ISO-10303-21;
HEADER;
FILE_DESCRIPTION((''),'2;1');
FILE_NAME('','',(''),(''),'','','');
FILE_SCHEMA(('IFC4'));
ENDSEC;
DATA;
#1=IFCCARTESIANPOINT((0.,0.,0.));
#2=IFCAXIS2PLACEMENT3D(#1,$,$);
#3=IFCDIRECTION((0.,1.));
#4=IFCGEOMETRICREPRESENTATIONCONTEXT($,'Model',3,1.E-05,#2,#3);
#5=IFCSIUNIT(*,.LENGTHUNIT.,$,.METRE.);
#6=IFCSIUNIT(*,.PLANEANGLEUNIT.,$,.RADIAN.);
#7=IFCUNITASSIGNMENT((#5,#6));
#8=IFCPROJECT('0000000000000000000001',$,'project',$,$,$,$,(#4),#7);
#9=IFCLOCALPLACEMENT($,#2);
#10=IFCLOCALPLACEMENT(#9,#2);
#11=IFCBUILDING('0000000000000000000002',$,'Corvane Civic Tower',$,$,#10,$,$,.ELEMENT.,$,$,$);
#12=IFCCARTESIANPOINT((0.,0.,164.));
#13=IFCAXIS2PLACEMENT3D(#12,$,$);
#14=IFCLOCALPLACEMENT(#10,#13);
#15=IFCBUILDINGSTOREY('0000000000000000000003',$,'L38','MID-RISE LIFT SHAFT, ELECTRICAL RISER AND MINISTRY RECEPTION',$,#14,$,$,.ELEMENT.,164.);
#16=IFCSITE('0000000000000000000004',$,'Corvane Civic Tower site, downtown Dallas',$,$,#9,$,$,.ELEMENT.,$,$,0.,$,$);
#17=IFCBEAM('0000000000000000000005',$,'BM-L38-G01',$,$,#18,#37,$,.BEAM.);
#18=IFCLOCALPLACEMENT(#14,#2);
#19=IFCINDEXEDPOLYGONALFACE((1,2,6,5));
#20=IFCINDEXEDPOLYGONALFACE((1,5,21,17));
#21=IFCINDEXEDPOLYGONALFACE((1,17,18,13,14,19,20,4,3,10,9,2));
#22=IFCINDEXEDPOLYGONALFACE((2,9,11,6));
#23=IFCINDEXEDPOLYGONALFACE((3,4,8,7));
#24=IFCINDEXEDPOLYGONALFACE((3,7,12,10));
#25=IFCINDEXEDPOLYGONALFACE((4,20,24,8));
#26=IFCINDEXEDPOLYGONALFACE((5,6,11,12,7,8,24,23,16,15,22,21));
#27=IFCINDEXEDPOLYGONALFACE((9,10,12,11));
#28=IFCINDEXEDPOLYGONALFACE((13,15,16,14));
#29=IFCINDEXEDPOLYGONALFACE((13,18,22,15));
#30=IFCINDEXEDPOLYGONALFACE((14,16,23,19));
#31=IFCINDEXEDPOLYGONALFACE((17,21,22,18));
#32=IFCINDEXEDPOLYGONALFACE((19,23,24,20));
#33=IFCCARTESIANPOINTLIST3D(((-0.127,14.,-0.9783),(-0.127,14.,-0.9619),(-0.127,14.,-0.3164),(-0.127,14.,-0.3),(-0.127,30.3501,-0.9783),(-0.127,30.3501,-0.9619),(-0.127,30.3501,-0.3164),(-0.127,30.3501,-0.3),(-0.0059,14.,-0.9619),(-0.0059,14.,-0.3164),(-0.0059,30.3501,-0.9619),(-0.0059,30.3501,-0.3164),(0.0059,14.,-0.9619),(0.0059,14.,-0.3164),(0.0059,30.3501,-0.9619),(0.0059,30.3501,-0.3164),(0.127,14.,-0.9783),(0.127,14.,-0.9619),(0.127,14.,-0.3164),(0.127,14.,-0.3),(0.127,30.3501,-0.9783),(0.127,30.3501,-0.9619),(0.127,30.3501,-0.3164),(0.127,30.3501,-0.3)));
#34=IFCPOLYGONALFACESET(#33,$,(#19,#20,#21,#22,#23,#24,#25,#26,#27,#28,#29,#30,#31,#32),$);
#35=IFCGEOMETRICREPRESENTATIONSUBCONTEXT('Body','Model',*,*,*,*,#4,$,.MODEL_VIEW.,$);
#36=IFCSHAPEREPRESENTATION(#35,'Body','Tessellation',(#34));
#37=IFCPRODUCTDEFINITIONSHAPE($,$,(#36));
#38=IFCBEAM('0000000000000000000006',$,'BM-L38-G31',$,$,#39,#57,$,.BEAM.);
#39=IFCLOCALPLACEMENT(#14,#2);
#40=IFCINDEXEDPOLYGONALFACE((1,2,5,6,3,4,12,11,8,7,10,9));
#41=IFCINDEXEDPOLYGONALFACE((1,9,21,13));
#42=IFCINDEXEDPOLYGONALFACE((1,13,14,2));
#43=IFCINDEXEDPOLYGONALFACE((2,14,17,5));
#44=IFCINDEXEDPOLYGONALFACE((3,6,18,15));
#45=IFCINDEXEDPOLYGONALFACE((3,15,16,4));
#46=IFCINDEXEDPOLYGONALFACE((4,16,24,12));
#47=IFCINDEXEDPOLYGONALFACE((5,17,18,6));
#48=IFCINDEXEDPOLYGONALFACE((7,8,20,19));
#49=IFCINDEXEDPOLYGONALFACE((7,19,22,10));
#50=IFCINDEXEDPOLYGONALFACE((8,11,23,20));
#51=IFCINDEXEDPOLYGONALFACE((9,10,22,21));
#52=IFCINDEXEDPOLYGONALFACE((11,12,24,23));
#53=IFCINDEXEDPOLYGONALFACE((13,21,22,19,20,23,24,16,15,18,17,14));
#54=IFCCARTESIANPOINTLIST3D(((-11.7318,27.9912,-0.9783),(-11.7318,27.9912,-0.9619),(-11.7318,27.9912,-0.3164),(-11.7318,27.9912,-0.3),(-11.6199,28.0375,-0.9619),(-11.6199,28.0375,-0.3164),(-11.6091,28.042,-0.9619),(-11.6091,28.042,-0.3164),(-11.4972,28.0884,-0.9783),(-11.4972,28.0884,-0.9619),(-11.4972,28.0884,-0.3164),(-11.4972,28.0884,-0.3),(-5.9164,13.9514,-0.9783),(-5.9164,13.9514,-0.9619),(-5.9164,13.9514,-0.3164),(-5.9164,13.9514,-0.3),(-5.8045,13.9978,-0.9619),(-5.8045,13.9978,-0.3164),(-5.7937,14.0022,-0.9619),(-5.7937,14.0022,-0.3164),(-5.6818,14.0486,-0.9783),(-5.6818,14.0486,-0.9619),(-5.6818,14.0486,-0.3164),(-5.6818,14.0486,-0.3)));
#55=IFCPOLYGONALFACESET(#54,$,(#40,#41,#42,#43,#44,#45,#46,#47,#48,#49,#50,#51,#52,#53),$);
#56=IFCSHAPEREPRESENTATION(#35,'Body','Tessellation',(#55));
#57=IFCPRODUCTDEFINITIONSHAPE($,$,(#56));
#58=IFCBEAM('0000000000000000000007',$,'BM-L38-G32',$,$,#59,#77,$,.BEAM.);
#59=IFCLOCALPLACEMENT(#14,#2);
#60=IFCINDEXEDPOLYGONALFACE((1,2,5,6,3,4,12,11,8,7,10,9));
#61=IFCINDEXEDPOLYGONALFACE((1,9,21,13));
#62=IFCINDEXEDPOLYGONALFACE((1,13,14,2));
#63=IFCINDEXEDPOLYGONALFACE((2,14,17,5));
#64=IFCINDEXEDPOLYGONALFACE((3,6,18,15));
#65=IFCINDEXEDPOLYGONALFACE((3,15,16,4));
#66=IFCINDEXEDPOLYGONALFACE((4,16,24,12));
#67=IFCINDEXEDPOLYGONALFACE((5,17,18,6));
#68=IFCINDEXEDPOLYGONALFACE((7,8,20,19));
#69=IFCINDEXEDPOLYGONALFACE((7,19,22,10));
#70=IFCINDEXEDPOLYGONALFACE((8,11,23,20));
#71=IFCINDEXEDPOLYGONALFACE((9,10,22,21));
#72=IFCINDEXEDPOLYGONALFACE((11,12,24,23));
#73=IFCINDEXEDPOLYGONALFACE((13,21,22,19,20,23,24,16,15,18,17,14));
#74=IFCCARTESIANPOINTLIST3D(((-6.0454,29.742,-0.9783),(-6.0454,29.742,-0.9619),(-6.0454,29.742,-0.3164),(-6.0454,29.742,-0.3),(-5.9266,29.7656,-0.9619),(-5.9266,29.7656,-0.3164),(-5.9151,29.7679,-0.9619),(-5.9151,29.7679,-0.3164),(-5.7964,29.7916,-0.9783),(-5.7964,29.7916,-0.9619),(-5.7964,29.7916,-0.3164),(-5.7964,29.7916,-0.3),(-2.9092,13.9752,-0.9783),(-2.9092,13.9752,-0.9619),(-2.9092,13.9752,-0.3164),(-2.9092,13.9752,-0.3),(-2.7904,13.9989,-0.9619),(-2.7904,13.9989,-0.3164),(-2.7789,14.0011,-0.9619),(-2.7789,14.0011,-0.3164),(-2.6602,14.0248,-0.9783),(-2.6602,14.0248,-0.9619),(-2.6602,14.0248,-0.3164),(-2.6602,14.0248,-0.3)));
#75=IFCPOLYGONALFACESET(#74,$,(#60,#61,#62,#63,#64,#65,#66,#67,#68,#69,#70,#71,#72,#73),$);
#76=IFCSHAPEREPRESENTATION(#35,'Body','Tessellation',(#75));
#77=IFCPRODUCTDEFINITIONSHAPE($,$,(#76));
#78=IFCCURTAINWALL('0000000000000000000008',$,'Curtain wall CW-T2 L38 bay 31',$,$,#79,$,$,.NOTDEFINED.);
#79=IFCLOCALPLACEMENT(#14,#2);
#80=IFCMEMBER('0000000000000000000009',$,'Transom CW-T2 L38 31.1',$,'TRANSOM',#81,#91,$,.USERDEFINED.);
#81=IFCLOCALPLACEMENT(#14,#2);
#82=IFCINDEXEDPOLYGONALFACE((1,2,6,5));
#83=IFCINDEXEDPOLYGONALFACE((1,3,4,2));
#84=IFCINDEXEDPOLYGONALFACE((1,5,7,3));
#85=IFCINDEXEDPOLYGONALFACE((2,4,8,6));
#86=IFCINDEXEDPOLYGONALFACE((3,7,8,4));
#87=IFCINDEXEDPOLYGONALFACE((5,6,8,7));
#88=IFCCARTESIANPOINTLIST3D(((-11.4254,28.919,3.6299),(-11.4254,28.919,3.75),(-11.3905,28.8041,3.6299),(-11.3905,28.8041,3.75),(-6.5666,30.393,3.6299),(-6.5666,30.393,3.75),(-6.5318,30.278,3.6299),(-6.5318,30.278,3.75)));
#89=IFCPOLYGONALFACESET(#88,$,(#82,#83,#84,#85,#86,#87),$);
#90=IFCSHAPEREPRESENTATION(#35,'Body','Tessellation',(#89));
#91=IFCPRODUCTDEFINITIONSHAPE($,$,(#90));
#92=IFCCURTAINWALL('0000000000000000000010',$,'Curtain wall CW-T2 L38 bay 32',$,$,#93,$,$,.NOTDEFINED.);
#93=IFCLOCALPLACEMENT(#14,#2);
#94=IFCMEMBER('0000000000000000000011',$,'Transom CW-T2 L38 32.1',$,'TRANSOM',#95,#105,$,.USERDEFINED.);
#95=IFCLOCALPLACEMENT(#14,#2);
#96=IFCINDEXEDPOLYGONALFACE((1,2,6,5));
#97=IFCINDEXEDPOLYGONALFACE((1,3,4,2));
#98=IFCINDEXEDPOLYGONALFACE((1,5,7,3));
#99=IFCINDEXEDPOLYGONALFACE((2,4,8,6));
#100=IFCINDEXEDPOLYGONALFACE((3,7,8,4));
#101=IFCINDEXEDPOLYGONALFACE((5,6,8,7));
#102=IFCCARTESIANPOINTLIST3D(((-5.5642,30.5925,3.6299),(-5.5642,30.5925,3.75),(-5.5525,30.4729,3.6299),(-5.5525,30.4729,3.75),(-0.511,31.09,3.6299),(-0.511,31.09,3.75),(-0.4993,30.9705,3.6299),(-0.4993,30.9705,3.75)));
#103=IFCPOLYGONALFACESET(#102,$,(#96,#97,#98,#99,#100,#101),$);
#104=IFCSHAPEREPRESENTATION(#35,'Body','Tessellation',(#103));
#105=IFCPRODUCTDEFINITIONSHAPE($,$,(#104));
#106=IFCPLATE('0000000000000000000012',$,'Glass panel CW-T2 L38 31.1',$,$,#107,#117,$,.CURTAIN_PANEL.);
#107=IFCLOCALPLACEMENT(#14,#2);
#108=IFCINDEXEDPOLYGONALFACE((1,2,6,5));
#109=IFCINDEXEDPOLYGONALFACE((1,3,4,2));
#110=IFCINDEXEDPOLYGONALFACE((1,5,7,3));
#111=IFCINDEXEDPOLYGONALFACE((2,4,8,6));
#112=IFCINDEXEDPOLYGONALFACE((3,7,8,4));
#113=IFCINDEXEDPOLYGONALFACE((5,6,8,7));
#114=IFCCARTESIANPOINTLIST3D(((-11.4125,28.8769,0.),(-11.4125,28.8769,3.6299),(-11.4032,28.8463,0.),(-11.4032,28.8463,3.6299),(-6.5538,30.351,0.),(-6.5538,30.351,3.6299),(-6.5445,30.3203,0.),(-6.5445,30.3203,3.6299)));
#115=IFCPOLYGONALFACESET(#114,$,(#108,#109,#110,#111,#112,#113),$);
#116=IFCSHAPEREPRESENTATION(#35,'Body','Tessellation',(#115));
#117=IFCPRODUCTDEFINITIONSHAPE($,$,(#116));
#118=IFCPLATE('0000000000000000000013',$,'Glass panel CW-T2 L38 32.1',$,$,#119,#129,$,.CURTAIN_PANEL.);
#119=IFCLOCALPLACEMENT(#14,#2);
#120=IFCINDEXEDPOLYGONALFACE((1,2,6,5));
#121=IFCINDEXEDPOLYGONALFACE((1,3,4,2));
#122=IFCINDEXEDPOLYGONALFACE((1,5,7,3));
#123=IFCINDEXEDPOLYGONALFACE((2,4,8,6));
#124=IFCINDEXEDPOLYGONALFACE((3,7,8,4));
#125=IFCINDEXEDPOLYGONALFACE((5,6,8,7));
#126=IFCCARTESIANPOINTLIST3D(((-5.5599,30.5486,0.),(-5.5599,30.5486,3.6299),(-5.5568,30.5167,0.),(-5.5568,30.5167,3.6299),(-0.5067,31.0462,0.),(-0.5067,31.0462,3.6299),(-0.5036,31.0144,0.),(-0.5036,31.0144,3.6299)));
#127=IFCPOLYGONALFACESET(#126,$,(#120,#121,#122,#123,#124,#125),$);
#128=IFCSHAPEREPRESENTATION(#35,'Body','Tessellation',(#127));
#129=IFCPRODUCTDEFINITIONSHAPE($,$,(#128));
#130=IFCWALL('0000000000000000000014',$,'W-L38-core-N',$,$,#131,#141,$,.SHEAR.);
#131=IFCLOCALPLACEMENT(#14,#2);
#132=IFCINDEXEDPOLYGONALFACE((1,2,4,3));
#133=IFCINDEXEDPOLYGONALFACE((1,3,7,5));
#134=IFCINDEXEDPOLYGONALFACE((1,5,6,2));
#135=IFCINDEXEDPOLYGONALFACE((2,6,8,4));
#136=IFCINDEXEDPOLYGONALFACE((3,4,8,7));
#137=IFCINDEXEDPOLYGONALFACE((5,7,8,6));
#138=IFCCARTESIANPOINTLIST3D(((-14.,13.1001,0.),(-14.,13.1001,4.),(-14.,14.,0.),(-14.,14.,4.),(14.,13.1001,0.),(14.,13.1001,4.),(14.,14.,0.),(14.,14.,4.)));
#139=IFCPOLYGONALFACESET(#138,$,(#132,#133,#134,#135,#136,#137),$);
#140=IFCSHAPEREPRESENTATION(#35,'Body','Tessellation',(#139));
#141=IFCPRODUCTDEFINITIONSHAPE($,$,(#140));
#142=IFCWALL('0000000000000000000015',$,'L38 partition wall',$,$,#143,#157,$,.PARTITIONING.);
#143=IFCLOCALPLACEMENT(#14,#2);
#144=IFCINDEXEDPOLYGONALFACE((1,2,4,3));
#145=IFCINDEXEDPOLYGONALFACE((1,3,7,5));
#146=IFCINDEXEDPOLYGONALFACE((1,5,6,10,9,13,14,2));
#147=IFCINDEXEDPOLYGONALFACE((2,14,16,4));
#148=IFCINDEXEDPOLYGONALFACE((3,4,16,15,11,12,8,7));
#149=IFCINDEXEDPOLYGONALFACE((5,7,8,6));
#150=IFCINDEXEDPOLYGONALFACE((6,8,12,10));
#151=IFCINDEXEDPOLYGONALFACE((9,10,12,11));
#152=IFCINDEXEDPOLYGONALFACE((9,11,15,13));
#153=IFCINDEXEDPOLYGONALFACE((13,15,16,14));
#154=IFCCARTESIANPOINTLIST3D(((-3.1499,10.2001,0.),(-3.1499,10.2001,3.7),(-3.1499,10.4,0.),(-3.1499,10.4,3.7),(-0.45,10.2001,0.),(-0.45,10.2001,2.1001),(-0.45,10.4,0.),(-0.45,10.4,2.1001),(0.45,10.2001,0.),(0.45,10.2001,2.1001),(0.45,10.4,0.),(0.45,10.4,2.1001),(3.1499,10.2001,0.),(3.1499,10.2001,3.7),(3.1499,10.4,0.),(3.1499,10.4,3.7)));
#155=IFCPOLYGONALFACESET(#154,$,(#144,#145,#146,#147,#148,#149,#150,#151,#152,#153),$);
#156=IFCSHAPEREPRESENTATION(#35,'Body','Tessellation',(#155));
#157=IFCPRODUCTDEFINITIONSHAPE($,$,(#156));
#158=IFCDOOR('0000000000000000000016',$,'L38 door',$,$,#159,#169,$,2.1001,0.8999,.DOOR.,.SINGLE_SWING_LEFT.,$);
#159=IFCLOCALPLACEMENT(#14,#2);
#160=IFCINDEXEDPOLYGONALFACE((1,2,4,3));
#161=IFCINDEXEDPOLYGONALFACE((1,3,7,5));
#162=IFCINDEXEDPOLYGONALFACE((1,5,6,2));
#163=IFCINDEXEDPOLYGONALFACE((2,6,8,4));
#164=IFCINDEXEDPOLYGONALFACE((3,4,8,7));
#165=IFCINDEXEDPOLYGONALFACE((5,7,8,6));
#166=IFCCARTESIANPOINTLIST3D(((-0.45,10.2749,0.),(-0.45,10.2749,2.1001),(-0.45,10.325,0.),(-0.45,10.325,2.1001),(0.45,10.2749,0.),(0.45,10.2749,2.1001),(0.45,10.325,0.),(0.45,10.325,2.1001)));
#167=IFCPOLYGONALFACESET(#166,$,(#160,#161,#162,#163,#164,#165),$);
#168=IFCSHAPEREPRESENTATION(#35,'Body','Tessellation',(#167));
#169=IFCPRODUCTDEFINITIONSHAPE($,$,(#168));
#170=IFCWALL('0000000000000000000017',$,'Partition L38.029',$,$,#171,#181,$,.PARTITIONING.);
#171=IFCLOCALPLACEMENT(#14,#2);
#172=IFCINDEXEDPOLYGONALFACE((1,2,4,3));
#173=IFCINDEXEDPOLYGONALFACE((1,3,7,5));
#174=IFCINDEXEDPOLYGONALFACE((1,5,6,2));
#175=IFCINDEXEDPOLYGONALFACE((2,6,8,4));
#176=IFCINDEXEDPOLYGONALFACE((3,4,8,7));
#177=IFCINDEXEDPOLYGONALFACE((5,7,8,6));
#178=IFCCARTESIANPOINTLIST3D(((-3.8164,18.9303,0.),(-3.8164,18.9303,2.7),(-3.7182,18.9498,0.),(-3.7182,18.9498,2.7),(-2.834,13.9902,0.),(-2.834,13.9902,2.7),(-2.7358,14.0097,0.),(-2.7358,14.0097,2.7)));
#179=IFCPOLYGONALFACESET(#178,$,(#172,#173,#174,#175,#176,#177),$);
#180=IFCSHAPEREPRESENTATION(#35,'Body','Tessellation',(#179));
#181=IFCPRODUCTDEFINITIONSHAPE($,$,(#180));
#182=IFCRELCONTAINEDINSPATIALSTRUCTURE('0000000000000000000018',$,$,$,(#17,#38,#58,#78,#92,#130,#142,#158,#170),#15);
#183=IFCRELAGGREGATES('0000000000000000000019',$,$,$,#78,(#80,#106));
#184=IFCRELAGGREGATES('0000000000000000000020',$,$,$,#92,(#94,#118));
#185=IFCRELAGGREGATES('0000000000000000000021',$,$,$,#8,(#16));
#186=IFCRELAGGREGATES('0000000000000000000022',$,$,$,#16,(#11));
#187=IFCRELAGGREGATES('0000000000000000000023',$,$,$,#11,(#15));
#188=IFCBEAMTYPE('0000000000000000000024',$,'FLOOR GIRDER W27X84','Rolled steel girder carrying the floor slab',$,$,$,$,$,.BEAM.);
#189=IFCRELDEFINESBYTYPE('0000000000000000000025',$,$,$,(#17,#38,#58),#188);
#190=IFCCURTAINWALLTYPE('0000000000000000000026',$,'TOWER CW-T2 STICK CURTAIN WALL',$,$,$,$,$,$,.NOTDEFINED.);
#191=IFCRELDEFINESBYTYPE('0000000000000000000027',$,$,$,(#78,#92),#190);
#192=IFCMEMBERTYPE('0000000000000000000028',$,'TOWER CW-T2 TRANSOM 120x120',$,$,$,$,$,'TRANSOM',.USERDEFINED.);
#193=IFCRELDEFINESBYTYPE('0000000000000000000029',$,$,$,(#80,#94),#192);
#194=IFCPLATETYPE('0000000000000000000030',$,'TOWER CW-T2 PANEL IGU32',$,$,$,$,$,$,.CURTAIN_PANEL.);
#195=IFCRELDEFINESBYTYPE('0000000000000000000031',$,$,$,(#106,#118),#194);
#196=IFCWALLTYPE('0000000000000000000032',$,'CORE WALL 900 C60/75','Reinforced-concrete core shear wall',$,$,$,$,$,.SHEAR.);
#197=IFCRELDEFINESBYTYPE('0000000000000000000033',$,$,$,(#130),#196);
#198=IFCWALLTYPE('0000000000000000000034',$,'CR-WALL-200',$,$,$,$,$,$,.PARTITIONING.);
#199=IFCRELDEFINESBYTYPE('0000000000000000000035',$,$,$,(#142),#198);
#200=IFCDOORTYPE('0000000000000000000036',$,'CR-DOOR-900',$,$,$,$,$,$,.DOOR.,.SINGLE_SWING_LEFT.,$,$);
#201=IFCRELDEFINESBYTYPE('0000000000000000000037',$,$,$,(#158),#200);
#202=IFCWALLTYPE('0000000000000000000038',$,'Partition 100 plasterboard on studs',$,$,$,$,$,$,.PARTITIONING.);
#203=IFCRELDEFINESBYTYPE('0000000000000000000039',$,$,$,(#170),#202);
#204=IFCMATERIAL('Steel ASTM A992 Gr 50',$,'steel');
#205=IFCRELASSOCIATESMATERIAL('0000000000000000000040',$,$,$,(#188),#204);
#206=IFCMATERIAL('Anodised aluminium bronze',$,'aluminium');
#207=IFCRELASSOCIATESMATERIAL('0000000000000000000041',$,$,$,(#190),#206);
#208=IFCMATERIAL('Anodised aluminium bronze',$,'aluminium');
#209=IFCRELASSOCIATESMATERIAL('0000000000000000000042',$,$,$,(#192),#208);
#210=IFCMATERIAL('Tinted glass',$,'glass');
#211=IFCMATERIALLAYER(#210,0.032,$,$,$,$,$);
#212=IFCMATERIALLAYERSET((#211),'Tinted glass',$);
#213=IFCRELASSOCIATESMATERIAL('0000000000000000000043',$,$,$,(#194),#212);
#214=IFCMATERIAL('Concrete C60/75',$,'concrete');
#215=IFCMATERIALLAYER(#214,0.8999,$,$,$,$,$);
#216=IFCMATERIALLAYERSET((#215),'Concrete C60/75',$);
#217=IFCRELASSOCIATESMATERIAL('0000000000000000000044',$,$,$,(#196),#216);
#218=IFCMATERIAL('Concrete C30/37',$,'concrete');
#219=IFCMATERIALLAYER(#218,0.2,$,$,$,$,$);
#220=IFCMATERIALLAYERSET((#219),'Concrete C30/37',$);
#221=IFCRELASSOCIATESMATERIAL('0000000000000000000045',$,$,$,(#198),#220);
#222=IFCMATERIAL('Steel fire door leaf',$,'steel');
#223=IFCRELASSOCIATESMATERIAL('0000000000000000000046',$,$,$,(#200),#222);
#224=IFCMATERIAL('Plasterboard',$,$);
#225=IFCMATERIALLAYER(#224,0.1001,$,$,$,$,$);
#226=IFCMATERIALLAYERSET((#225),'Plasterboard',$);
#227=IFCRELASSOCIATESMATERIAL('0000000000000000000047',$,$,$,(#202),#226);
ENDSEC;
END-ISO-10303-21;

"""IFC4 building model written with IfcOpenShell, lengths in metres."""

from ifc_helpers import new_model, si_unit, direction, frame, frame_2d, origin, origin_2d, place, context, subcontext, project, spatial, rectangle, i_section, extrude, material, layer, layer_set, material_profile, profile_set, type_object, element, fill, aggregate, save


model = new_model("IFC4")

# Units and contexts
model_context = context("Model", 3, precision=1e-05, world=origin(), true_north=direction((0.0, 1.0)))
body_context = subcontext(model_context, "Body", "Model", "MODEL_VIEW")
ifc_project = project(units=[si_unit("LENGTHUNIT", "METRE"), si_unit("PLANEANGLEUNIT", "RADIAN")], contexts=[model_context])

# Site, building, storey
site_placement = place(None, origin())
site = spatial("IfcSite", under=ifc_project, at=site_placement, Name="Corvane Civic Tower site, downtown Dallas", CompositionType="ELEMENT", RefElevation=0.0)
building_placement = place(site_placement, origin())
building = spatial("IfcBuilding", under=site, at=building_placement, Name="Corvane Civic Tower", CompositionType="ELEMENT")
storey_placement = place(building_placement, frame((0.0, 0.0, 164.0)))
storey = spatial("IfcBuildingStorey", under=building, at=storey_placement, Name="L38", Description="MID-RISE LIFT SHAFT, ELECTRICAL RISER AND MINISTRY RECEPTION", CompositionType="ELEMENT", Elevation=164.0)

# Beams
ifc_material_1 = material(Name="Steel ASTM A992 Gr 50", Category="steel")
ifc_material_profile_1 = material_profile(ifc_material_1, i_section(OverallWidth=0.2539, OverallDepth=0.6782, WebThickness=0.0117, FlangeThickness=0.0164, at=origin_2d()), Name="W27X84")
ifc_profile_set_1 = profile_set([ifc_material_profile_1], Name="Steel ASTM A992 Gr 50")
beam_type_1 = type_object("IfcBeamType", Name="FLOOR GIRDER W27X84", Description="Rolled steel girder carrying the floor slab", PredefinedType="BEAM", material=ifc_profile_set_1)
beam_1_placement = place(storey_placement, frame((0.0, 14.0, -0.6392), z_axis=(0.0, 1.0, 0.0), x_axis=(-1.0, 0.0, 0.0)))
element("IfcBeam", 1, at=beam_1_placement, inside=storey, type_object=beam_type_1, Name="BM-L38-G01", PredefinedType="BEAM", context=body_context, shape_type="SweptSolid", body=[
    extrude(i_section(OverallWidth=0.2539, OverallDepth=0.6782, WebThickness=0.0117, FlangeThickness=0.0164, at=origin_2d()), origin(), (0.0, 0.0, 1.0), 16.3501),
])
beam_2_placement = place(storey_placement, frame((-5.7991, 14.0, -0.6392), z_axis=(-0.382681, 0.923881, 0.0), x_axis=(-0.923881, -0.382681, 0.0)))
element("IfcBeam", 2, at=beam_2_placement, inside=storey, type_object=beam_type_1, Name="BM-L38-G31", PredefinedType="BEAM", context=body_context, shape_type="SweptSolid", body=[
    extrude(i_section(OverallWidth=0.2539, OverallDepth=0.6782, WebThickness=0.0117, FlangeThickness=0.0164, at=origin_2d()), origin(), (0.0, 0.0, 1.0), 15.1965),
])
beam_3_placement = place(storey_placement, frame((-2.7847, 14.0, -0.6392), z_axis=(-0.195091, 0.980785, 0.0), x_axis=(-0.980785, -0.195091, 0.0)))
element("IfcBeam", 3, at=beam_3_placement, inside=storey, type_object=beam_type_1, Name="BM-L38-G32", PredefinedType="BEAM", context=body_context, shape_type="SweptSolid", body=[
    extrude(i_section(OverallWidth=0.2539, OverallDepth=0.6782, WebThickness=0.0117, FlangeThickness=0.0164, at=origin_2d()), origin(), (0.0, 0.0, 1.0), 16.0757),
])

# Curtain walls, members
ifc_material_2 = material(Name="Anodised aluminium bronze", Category="aluminium")
curtain_wall_type = type_object("IfcCurtainWallType", Name="TOWER CW-T2 STICK CURTAIN WALL", PredefinedType="NOTDEFINED", material=ifc_material_2)
curtain_wall_1_placement = place(storey_placement, origin())
curtain_wall_1 = element("IfcCurtainWall", 4, at=curtain_wall_1_placement, inside=storey, type_object=curtain_wall_type, Name="Curtain wall CW-T2 L38 bay 31", PredefinedType="NOTDEFINED")
ifc_material_3 = material(Name="Anodised aluminium bronze", Category="aluminium")
ifc_material_profile_2 = material_profile(ifc_material_3, rectangle(XDim=0.1201, YDim=0.1201, at=origin_2d()), Name="TOWER CW-T2 TRANSOM 120x120")
ifc_profile_set_2 = profile_set([ifc_material_profile_2], Name="Anodised aluminium bronze")
member_type = type_object("IfcMemberType", Name="TOWER CW-T2 TRANSOM 120x120", ElementType="TRANSOM", PredefinedType="USERDEFINED", material=ifc_profile_set_2)
member_1_placement = place(storey_placement, frame((-11.408, 28.8616, 3.6899), z_axis=(0.956939, 0.290289, 0.0), x_axis=(-0.290289, 0.956939, 0.0)))
member_1 = element("IfcMember", 5, at=member_1_placement, type_object=member_type, Name="Transom CW-T2 L38 31.1", ObjectType="TRANSOM", PredefinedType="USERDEFINED", context=body_context, shape_type="SweptSolid", body=[
    extrude(rectangle(XDim=0.1201, YDim=0.1201, at=origin_2d()), origin(), (0.0, 0.0, 1.0), 5.0774),
])
curtain_wall_2_placement = place(storey_placement, origin())
curtain_wall_2 = element("IfcCurtainWall", 6, at=curtain_wall_2_placement, inside=storey, type_object=curtain_wall_type, Name="Curtain wall CW-T2 L38 bay 32", PredefinedType="NOTDEFINED")
member_2_placement = place(storey_placement, frame((-5.5583, 30.5327, 3.6899), z_axis=(0.995187, 0.09799, 0.0), x_axis=(-0.09799, 0.995187, 0.0)))
member_2 = element("IfcMember", 7, at=member_2_placement, type_object=member_type, Name="Transom CW-T2 L38 32.1", ObjectType="TRANSOM", PredefinedType="USERDEFINED", context=body_context, shape_type="SweptSolid", body=[
    extrude(rectangle(XDim=0.1201, YDim=0.1201, at=origin_2d()), origin(), (0.0, 0.0, 1.0), 5.0776),
])

# Plates
ifc_material_4 = material(Name="Tinted glass", Category="glass")
ifc_layer_1 = layer(ifc_material_4, 0.032)
ifc_layer_set_1 = layer_set([ifc_layer_1], Name="Tinted glass")
plate_type = type_object("IfcPlateType", Name="TOWER CW-T2 PANEL IGU32", PredefinedType="CURTAIN_PANEL", material=ifc_layer_set_1)
plate_1_placement = place(storey_placement, frame((-8.9785, 29.5986, 0.0), z_axis=(0.0, 0.0, 1.0), x_axis=(0.956932, 0.290313, 0.0)))
plate_1 = element("IfcPlate", 8, at=plate_1_placement, type_object=plate_type, Name="Glass panel CW-T2 L38 31.1", PredefinedType="CURTAIN_PANEL", context=body_context, shape_type="SweptSolid", body=[
    extrude(rectangle(XDim=5.0774, YDim=0.032, at=origin_2d()), origin(), (0.0, 0.0, 1.0), 3.6299),
])
aggregate(curtain_wall_1, [member_1, plate_1])
plate_2_placement = place(storey_placement, frame((-3.0317, 30.7815, 0.0), z_axis=(0.0, 0.0, 1.0), x_axis=(0.995185, 0.098012, 0.0)))
plate_2 = element("IfcPlate", 9, at=plate_2_placement, type_object=plate_type, Name="Glass panel CW-T2 L38 32.1", PredefinedType="CURTAIN_PANEL", context=body_context, shape_type="SweptSolid", body=[
    extrude(rectangle(XDim=5.0776, YDim=0.032, at=origin_2d()), origin(), (0.0, 0.0, 1.0), 3.6299),
])
aggregate(curtain_wall_2, [member_2, plate_2])

# Wall
ifc_material_5 = material(Name="Concrete C60/75", Category="concrete")
ifc_layer_2 = layer(ifc_material_5, 0.8999)
ifc_layer_set_2 = layer_set([ifc_layer_2], Name="Concrete C60/75")
wall_type_1 = type_object("IfcWallType", Name="CORE WALL 900 C60/75", Description="Reinforced-concrete core shear wall", PredefinedType="SHEAR", material=ifc_layer_set_2)
wall_1_placement = place(storey_placement, frame((-14.0, 13.55, 0.0), z_axis=(0.0, 0.0, 1.0), x_axis=(1.0, 0.0, 0.0)))
element("IfcWall", 10, at=wall_1_placement, inside=storey, type_object=wall_type_1, Name="W-L38-core-N", PredefinedType="SHEAR", context=body_context, shape_type="SweptSolid", body=[
    extrude(rectangle(XDim=28.0, YDim=0.8999, at=frame_2d((14.0, 0.0))), origin(), (0.0, 0.0, 1.0), 4.0),
])

# Wall, opening, door
ifc_material_6 = material(Name="Concrete C30/37", Category="concrete")
ifc_layer_3 = layer(ifc_material_6, 0.2)
ifc_layer_set_3 = layer_set([ifc_layer_3], Name="Concrete C30/37")
wall_type_2 = type_object("IfcWallType", Name="CR-WALL-200", PredefinedType="PARTITIONING", material=ifc_layer_set_3)
wall_2_placement = place(storey_placement, frame((-3.1499, 10.3, 0.0), z_axis=(0.0, 0.0, 1.0), x_axis=(1.0, 0.0, 0.0)))
wall_2 = element("IfcWall", 11, at=wall_2_placement, inside=storey, type_object=wall_type_2, Name="L38 partition wall", PredefinedType="PARTITIONING", context=body_context, shape_type="SweptSolid", body=[
    extrude(rectangle(XDim=6.2998, YDim=0.2, at=frame_2d((3.1499, 0.0))), origin(), (0.0, 0.0, 1.0), 3.7),
])
opening_1_placement = place(wall_2_placement, frame((2.7, 0.0, 0.0)))
opening_1 = element("IfcOpeningElement", 12, at=opening_1_placement, cuts=wall_2, PredefinedType="OPENING", context=body_context, shape_type="SweptSolid", body=[
    extrude(rectangle(XDim=0.8999, YDim=2.1001, at=frame_2d((0.45, 1.05))), frame((0.0, 0.1099, 0.0), z_axis=(0.0, -1.0, 0.0), x_axis=(1.0, 0.0, 0.0)), (0.0, 0.0, 1.0), 0.22),
])
ifc_material_7 = material(Name="Steel fire door leaf", Category="steel")
door_type_1 = type_object("IfcDoorType", Name="CR-DOOR-900", OperationType="SINGLE_SWING_LEFT", PredefinedType="DOOR", material=ifc_material_7)
door_1_placement = place(opening_1_placement, origin())
door_1 = element("IfcDoor", 13, at=door_1_placement, inside=storey, type_object=door_type_1, Name="L38 door", OperationType="SINGLE_SWING_LEFT", OverallHeight=2.1001, OverallWidth=0.8999, PredefinedType="DOOR", context=body_context, shape_type="SweptSolid", body=[
    extrude(rectangle(XDim=0.8999, YDim=2.1001, at=frame_2d((0.45, 1.05))), frame((0.0, 0.0249, 0.0), z_axis=(0.0, -1.0, 0.0), x_axis=(1.0, 0.0, 0.0)), (0.0, 0.0, 1.0), 0.05),
])
fill(opening_1, door_1)

# Wall
ifc_material_8 = material(Name="Plasterboard")
ifc_layer_4 = layer(ifc_material_8, 0.1001)
ifc_layer_set_4 = layer_set([ifc_layer_4], Name="Plasterboard")
wall_type_3 = type_object("IfcWallType", Name="Partition 100 plasterboard on studs", PredefinedType="PARTITIONING", material=ifc_layer_set_4)
wall_3_placement = place(storey_placement, frame((-3.7673, 18.9402, 0.0), z_axis=(0.0, 0.0, 1.0), x_axis=(0.195044, -0.980794, 0.0)))
element("IfcWall", 14, at=wall_3_placement, inside=storey, type_object=wall_type_3, Name="Partition L38.029", PredefinedType="PARTITIONING", context=body_context, shape_type="SweptSolid", body=[
    extrude(rectangle(XDim=5.0369, YDim=0.1001, at=frame_2d((2.5186, 0.0))), origin(), (0.0, 0.0, 1.0), 2.7),
])

save(model, "model.ifc")
